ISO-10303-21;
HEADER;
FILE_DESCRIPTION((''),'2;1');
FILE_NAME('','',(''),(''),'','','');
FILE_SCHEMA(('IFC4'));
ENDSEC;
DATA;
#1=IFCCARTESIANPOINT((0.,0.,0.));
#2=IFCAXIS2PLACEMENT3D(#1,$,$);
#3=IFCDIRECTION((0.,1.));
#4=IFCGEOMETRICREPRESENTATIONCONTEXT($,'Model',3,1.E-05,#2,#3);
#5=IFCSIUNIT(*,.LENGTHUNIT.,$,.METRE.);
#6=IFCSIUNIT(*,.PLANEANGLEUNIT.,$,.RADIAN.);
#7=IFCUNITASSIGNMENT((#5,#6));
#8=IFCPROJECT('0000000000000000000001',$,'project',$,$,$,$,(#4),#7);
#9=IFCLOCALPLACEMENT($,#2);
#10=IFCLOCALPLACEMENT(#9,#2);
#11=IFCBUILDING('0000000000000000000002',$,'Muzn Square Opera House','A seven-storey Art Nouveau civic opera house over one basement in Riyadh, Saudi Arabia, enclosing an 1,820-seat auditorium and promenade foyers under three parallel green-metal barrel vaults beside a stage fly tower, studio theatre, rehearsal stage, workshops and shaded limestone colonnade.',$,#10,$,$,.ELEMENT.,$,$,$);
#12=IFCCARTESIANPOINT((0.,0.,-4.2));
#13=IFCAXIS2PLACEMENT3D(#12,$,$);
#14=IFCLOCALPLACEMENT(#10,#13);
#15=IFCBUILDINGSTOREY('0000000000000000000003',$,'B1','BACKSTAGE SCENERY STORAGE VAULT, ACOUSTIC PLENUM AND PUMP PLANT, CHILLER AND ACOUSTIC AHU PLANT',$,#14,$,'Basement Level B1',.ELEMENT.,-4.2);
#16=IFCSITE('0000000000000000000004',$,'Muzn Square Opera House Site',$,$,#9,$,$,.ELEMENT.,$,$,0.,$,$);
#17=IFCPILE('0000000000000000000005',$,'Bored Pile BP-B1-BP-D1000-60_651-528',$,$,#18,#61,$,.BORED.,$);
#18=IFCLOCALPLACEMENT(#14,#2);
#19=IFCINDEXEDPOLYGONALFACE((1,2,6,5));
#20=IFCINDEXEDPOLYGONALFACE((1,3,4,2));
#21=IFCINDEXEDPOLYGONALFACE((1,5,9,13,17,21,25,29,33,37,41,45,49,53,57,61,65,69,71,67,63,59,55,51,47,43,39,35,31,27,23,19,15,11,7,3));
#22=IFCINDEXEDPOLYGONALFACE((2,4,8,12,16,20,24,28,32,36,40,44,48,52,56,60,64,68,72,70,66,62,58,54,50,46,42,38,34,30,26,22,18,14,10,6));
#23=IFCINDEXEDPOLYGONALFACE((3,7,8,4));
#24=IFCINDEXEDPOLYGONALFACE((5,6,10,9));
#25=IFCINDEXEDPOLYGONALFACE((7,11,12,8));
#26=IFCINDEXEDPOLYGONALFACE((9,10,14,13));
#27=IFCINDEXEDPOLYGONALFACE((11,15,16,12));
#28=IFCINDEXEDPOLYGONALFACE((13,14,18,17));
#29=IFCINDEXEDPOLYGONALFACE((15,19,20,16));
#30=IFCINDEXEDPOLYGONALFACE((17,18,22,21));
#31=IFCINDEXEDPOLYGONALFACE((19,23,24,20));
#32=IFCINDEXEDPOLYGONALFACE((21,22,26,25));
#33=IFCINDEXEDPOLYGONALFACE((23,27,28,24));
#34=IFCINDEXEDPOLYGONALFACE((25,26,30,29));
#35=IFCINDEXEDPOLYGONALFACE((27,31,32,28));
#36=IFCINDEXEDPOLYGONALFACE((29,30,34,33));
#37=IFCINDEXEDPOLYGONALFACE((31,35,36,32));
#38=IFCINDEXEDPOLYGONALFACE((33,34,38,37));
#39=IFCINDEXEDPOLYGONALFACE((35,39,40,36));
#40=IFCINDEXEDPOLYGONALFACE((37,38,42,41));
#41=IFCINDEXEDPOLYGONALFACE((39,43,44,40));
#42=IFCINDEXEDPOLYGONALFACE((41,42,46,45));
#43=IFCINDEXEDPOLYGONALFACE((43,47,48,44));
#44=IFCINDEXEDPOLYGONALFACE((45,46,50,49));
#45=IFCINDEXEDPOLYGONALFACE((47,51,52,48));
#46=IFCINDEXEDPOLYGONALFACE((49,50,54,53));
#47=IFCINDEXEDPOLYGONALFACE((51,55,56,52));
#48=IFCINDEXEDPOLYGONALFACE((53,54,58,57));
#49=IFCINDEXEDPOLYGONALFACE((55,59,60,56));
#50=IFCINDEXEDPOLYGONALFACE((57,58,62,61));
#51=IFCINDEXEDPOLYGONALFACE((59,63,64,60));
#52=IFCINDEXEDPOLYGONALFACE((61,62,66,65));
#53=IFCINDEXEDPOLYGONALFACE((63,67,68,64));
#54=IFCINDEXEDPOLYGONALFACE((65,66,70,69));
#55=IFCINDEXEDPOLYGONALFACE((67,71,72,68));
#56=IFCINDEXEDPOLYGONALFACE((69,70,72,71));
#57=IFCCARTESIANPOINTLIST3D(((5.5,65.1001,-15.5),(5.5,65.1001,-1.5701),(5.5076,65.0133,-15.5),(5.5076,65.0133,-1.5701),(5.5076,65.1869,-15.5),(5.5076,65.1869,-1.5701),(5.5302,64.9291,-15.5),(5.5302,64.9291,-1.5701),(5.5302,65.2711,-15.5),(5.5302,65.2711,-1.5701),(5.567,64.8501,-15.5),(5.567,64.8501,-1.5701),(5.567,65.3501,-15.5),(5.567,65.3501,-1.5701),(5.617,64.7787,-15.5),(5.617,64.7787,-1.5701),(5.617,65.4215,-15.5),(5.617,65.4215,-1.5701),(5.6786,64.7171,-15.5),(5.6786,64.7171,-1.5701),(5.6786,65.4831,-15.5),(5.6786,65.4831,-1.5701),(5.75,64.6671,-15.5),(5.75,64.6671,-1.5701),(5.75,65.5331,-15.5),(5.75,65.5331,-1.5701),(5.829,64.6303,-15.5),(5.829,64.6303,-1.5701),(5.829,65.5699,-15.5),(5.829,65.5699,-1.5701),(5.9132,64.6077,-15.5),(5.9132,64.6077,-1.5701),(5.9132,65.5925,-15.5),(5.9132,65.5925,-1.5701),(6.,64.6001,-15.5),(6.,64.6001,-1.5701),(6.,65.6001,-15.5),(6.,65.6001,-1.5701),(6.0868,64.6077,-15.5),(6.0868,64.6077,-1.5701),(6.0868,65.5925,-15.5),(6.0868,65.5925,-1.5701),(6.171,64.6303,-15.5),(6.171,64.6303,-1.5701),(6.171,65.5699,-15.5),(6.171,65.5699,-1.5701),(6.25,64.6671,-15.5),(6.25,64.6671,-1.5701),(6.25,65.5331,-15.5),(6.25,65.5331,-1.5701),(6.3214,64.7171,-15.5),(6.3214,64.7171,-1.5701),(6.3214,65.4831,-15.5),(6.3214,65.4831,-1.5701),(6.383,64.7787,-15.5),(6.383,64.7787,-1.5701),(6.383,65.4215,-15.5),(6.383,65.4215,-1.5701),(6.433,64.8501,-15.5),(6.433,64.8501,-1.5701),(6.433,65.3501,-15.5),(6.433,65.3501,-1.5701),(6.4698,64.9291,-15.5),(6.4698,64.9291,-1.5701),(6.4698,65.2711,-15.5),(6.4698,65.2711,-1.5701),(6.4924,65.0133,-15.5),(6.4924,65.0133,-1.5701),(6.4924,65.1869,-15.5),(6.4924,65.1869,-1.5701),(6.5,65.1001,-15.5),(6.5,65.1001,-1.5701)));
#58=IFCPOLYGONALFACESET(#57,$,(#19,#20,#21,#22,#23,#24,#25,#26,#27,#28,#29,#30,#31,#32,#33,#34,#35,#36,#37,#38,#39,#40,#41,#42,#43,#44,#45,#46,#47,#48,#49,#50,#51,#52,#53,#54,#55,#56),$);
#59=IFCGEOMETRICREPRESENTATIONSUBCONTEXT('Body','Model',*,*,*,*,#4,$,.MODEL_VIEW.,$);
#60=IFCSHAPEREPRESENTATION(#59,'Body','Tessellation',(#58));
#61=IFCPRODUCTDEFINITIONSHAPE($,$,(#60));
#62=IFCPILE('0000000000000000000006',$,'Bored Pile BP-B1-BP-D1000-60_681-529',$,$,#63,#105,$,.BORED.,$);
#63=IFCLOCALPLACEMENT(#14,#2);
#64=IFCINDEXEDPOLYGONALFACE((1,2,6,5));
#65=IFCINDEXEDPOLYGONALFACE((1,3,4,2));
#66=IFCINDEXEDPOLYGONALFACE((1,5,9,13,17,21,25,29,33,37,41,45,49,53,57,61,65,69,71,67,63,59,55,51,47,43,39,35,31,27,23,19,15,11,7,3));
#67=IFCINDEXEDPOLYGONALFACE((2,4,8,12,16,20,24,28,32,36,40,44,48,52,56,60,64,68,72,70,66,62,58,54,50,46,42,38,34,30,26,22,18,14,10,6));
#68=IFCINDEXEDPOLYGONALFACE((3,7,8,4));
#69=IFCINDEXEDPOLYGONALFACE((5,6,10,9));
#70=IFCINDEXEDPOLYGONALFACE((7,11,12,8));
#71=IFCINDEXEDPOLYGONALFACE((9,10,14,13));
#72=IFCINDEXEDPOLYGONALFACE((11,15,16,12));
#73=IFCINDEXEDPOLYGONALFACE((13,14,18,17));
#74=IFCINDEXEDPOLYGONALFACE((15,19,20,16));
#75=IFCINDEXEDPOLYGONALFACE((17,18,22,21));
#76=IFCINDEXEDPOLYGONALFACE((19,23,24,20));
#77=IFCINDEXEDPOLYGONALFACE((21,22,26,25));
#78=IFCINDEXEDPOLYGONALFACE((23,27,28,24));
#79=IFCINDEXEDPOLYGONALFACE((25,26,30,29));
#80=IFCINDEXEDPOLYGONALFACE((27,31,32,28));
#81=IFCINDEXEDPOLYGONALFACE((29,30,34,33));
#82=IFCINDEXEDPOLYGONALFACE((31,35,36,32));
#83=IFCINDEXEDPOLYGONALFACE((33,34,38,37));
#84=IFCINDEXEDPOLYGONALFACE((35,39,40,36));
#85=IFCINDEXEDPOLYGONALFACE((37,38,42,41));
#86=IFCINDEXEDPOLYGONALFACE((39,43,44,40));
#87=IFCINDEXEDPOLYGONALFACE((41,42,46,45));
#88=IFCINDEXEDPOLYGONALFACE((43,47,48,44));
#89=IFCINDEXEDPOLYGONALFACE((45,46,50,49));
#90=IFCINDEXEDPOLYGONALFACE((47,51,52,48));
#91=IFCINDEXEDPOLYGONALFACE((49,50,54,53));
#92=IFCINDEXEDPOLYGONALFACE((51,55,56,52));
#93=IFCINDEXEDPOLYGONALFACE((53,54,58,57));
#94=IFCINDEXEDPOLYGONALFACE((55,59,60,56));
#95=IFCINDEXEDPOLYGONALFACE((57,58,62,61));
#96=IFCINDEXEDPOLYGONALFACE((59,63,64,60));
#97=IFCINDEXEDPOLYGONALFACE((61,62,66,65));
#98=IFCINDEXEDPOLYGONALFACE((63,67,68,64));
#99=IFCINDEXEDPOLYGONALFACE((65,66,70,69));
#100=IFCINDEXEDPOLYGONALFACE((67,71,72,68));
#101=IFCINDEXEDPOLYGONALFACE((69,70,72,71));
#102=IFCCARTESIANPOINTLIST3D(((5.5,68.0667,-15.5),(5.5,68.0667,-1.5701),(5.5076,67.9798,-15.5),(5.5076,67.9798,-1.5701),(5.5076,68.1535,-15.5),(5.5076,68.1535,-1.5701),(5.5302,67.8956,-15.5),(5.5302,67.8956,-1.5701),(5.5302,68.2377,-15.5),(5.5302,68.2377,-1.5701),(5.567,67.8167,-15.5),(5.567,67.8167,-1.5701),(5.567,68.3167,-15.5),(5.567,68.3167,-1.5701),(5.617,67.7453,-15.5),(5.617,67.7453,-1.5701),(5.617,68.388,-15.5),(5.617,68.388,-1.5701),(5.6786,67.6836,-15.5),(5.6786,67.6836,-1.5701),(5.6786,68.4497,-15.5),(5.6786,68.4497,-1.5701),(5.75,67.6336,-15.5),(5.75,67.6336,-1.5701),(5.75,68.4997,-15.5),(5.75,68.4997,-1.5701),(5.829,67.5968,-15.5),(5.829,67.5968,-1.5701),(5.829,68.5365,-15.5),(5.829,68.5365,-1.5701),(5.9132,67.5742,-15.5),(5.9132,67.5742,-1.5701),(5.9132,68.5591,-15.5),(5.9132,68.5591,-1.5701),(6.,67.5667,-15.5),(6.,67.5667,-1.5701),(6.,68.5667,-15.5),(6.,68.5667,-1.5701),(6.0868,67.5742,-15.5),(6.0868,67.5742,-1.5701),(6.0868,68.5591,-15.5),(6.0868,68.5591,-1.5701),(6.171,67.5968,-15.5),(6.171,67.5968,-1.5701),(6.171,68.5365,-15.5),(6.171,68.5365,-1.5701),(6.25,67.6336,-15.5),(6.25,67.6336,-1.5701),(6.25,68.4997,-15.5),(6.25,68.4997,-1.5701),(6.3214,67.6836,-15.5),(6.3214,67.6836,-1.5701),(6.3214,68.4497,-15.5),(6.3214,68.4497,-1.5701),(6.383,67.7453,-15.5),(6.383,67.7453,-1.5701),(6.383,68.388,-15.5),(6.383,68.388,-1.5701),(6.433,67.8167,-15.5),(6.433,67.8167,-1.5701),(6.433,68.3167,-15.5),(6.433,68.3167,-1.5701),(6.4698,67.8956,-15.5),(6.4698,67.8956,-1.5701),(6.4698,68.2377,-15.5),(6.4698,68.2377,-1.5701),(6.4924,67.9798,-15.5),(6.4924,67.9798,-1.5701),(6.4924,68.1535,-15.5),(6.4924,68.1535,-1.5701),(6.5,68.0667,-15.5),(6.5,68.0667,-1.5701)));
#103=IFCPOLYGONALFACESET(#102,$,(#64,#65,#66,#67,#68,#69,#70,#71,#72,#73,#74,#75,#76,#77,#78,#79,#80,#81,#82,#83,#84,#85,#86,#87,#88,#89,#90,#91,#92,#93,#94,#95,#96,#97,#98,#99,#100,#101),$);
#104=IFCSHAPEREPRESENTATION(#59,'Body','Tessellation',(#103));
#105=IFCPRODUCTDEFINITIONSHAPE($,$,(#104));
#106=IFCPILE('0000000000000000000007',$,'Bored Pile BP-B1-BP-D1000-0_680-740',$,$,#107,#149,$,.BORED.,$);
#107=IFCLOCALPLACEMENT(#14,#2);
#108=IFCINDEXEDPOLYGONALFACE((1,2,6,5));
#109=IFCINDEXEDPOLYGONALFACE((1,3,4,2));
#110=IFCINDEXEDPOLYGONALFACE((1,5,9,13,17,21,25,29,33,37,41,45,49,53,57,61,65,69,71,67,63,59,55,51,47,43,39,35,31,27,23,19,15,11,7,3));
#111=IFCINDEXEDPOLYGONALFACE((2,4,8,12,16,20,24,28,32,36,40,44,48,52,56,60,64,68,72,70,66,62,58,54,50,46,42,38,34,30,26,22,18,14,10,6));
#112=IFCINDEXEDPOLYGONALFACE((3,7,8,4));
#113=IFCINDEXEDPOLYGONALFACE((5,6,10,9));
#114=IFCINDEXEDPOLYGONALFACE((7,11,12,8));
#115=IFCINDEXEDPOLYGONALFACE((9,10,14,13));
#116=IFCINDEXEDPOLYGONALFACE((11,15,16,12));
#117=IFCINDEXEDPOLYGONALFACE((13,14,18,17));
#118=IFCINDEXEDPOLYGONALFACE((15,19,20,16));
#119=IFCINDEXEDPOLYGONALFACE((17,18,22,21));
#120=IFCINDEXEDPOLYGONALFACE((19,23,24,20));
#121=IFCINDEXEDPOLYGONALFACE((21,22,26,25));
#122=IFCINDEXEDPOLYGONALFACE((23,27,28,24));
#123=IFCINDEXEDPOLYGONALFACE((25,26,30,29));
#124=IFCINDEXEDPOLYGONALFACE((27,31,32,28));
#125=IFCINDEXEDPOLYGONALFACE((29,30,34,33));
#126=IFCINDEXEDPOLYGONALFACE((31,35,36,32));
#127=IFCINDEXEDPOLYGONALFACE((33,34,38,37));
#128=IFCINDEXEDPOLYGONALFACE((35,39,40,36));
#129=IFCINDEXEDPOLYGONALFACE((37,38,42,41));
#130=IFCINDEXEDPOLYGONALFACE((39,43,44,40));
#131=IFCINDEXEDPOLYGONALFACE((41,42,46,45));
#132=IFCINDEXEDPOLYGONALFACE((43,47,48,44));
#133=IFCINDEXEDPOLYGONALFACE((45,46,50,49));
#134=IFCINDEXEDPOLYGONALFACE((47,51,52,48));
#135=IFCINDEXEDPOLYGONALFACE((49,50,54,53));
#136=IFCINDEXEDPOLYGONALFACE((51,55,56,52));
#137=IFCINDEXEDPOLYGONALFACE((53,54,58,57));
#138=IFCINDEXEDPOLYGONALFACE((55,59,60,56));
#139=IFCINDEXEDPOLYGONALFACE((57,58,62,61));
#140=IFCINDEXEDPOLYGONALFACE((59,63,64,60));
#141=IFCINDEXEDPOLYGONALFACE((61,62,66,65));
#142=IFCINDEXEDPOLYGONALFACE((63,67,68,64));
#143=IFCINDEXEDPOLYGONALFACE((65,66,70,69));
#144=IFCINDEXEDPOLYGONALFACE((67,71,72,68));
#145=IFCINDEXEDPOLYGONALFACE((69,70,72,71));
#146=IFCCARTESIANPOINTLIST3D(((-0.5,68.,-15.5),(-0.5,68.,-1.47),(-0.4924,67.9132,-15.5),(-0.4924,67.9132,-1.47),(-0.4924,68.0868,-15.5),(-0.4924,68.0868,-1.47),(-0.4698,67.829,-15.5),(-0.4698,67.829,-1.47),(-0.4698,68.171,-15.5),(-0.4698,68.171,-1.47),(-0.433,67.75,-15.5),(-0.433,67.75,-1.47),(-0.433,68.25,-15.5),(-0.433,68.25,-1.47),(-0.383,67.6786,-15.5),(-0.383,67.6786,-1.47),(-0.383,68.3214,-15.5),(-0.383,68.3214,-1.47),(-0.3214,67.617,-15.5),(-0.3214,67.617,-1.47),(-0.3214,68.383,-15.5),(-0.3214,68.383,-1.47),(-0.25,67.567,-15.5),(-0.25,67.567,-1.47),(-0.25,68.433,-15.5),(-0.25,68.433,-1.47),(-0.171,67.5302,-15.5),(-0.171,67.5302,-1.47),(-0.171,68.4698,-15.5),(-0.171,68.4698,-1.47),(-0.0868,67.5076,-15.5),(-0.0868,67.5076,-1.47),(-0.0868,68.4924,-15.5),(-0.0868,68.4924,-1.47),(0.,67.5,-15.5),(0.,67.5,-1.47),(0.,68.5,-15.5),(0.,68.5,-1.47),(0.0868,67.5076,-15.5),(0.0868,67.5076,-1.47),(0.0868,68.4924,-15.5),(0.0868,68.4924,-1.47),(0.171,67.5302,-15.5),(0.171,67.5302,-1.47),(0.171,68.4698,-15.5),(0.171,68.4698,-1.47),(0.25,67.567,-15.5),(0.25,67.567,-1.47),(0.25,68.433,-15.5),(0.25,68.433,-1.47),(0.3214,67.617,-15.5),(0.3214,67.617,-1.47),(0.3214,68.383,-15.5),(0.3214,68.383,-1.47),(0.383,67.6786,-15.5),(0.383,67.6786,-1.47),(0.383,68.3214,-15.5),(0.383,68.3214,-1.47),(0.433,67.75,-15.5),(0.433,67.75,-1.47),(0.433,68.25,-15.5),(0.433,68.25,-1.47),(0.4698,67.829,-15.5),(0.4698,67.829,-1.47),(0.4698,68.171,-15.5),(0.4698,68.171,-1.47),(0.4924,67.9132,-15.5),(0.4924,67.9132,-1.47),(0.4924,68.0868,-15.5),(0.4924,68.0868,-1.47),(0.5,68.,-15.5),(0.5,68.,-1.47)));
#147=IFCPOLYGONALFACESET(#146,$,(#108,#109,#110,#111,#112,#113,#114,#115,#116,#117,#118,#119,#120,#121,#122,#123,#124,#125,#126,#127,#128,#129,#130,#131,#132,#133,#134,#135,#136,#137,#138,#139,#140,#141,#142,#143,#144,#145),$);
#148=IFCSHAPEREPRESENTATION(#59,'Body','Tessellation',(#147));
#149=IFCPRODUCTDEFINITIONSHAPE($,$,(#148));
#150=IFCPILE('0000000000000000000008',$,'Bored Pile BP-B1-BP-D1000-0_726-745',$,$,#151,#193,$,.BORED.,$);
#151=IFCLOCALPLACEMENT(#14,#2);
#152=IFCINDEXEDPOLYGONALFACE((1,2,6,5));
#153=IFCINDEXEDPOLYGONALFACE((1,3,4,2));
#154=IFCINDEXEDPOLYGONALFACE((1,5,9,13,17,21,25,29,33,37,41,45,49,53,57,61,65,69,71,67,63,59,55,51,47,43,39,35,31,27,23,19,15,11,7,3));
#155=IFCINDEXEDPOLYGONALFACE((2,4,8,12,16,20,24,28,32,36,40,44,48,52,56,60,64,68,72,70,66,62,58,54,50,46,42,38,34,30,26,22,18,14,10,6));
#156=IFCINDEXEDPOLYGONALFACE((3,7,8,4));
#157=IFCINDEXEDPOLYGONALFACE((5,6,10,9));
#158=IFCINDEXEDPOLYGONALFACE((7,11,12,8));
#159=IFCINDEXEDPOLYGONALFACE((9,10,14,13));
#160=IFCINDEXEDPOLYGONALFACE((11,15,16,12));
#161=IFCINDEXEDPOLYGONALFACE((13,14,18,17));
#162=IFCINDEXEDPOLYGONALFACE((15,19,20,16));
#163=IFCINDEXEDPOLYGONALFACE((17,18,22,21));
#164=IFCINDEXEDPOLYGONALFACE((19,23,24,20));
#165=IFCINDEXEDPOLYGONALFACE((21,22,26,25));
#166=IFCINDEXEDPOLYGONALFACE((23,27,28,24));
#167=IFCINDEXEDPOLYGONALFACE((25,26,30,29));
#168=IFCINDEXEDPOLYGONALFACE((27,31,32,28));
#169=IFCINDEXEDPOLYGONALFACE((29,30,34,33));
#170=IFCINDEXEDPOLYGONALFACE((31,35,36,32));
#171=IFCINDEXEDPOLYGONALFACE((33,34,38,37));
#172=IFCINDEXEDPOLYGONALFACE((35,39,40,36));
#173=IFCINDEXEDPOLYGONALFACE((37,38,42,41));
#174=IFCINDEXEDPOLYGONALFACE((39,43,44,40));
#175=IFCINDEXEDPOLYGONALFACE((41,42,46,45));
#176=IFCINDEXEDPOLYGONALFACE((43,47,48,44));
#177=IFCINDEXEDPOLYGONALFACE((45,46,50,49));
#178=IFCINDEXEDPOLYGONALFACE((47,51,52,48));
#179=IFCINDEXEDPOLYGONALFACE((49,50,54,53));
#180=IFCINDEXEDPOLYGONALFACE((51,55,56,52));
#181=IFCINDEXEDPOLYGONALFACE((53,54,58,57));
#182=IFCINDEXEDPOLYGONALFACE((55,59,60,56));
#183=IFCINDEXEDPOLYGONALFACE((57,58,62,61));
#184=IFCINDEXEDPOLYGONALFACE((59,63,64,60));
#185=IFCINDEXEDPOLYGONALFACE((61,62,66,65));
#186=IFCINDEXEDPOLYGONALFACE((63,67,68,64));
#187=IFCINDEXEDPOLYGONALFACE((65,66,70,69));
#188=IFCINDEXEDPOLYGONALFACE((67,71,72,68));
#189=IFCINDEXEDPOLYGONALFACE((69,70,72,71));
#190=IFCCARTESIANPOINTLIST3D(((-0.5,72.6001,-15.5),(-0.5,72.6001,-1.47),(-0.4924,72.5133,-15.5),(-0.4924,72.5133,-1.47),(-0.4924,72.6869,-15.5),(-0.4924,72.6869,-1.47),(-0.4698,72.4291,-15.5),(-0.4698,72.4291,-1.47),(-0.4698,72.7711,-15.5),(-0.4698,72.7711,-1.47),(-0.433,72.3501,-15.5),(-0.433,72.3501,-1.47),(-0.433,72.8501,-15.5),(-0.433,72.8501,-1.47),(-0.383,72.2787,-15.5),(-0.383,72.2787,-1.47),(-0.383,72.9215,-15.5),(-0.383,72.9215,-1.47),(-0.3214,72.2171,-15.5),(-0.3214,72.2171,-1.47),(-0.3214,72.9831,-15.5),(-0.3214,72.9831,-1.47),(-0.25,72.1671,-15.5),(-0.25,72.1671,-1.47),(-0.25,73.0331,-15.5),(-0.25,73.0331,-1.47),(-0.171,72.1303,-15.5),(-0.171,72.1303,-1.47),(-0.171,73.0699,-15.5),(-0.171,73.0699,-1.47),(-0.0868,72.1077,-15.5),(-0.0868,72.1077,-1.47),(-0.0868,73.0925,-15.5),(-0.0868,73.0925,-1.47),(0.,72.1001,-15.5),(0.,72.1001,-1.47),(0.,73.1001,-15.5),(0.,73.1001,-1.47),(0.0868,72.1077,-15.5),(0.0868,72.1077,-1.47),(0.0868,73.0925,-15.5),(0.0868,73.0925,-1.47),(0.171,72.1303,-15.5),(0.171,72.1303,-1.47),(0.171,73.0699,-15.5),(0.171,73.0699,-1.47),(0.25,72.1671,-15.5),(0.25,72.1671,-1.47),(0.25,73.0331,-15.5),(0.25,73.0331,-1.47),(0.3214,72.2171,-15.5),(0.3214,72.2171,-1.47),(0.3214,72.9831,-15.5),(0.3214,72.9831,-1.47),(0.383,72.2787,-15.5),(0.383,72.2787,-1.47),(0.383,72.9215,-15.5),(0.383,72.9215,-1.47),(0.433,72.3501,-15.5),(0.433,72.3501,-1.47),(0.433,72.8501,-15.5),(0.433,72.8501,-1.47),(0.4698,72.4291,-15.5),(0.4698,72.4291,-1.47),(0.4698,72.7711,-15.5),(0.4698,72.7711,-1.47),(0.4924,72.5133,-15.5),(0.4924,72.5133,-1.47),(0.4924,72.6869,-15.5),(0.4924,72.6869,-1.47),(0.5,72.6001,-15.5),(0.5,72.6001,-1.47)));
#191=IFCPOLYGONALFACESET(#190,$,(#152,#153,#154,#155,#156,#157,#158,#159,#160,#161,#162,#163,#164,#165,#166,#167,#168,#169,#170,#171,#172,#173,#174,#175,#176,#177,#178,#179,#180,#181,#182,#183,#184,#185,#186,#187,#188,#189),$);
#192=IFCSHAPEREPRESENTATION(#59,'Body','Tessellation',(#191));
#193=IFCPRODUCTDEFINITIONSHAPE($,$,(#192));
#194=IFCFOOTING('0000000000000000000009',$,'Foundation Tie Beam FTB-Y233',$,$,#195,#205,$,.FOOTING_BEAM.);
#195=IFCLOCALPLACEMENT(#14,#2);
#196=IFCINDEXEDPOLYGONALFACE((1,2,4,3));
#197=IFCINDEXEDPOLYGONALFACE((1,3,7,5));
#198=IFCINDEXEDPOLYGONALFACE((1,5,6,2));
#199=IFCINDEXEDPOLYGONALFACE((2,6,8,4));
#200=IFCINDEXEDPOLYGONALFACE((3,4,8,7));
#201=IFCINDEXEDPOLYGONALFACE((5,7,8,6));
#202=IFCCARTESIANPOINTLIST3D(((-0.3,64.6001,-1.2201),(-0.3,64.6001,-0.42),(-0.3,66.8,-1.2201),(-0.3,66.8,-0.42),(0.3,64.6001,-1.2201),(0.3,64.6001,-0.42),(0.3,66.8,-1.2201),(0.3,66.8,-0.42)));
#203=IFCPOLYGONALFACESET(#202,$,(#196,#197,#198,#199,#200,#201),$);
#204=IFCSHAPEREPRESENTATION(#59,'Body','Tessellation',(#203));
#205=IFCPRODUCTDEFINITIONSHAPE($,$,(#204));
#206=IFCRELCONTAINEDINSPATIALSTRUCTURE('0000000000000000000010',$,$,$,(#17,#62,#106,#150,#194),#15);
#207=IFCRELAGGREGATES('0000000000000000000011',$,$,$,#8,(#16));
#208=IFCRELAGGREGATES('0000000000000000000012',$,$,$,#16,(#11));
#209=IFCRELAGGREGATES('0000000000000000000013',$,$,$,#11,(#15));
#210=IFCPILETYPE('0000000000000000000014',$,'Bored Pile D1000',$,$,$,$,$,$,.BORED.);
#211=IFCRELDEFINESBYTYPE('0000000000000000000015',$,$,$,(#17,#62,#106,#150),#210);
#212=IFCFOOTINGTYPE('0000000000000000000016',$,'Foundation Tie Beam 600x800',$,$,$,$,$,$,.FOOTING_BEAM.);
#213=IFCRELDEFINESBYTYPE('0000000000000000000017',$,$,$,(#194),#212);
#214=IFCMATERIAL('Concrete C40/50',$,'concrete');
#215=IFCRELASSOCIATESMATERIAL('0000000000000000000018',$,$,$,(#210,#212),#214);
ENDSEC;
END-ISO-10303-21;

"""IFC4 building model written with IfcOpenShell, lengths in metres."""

from ifc_helpers import new_model, si_unit, direction, frame, origin, origin_2d, place, context, subcontext, project, spatial, rectangle, circle, extrude, material, material_profile, profile_set, type_object, element, save


model = new_model("IFC4")

# Units and contexts
model_context = context("Model", 3, precision=1e-05, world=origin(), true_north=direction((0.0, 1.0)))
body_context = subcontext(model_context, "Body", "Model", "MODEL_VIEW")
ifc_project = project(units=[si_unit("LENGTHUNIT", "METRE"), si_unit("PLANEANGLEUNIT", "RADIAN")], contexts=[model_context])

# Site, building, storey
site_placement = place(None, origin())
site = spatial("IfcSite", under=ifc_project, at=site_placement, Name="Muzn Square Opera House Site", CompositionType="ELEMENT", RefElevation=0.0)
building_placement = place(site_placement, origin())
building = spatial("IfcBuilding", under=site, at=building_placement, Name="Muzn Square Opera House", Description="A seven-storey Art Nouveau civic opera house over one basement in Riyadh, Saudi Arabia, enclosing an 1,820-seat auditorium and promenade foyers under three parallel green-metal barrel vaults beside a stage fly tower, studio theatre, rehearsal stage, workshops and shaded limestone colonnade.", CompositionType="ELEMENT")
storey_placement = place(building_placement, frame((0.0, 0.0, -4.2)))
storey = spatial("IfcBuildingStorey", under=building, at=storey_placement, Name="B1", Description="BACKSTAGE SCENERY STORAGE VAULT, ACOUSTIC PLENUM AND PUMP PLANT, CHILLER AND ACOUSTIC AHU PLANT", LongName="Basement Level B1", CompositionType="ELEMENT", Elevation=-4.2)

# Piles
ifc_material_1 = material(Name="Concrete C40/50", Category="concrete")
ifc_material_profile_1 = material_profile(ifc_material_1, circle(Radius=0.5, at=origin_2d()), Name="BORED PILE D1000", Category="concrete")
ifc_profile_set_1 = profile_set([ifc_material_profile_1], Name="Concrete C40/50")
pile_type = type_object("IfcPileType", Name="Bored Pile D1000", PredefinedType="BORED", material=ifc_profile_set_1)
for number, where, z_axis, x_axis, name in (
    (1, (6.0, 65.1001, -1.5701), (0.0, 0.0, -1.0), (1.0, 0.0, 0.0), "Bored Pile BP-B1-BP-D1000-60_651-528"),
    (2, (6.0, 68.0667, -1.5701), (0.0, 0.0, -1.0), (1.0, 0.0, 0.0), "Bored Pile BP-B1-BP-D1000-60_681-529"),
):
    element("IfcPile", number, at=place(storey_placement, frame(where, z_axis=z_axis, x_axis=x_axis)), inside=storey, type_object=pile_type, Name=name, PredefinedType="BORED", context=body_context, shape_type="SweptSolid", body=[
        extrude(circle(Radius=0.5, at=origin_2d()), origin(), (0.0, 0.0, 1.0), 13.9299),
    ])
for number, where, z_axis, x_axis, name in (
    (3, (0.0, 68.0, -1.47), (0.0, 0.0, -1.0), (1.0, 0.0, 0.0), "Bored Pile BP-B1-BP-D1000-0_680-740"),
    (4, (0.0, 72.6001, -1.47), (0.0, 0.0, -1.0), (1.0, 0.0, 0.0), "Bored Pile BP-B1-BP-D1000-0_726-745"),
):
    element("IfcPile", number, at=place(storey_placement, frame(where, z_axis=z_axis, x_axis=x_axis)), inside=storey, type_object=pile_type, Name=name, PredefinedType="BORED", context=body_context, shape_type="SweptSolid", body=[
        extrude(circle(Radius=0.5, at=origin_2d()), origin(), (0.0, 0.0, 1.0), 14.03),
    ])

# Footing
ifc_material_profile_2 = material_profile(ifc_material_1, rectangle(XDim=0.6001, YDim=0.8, at=origin_2d()), Name="RCTB 600x800", Category="concrete")
ifc_profile_set_2 = profile_set([ifc_material_profile_2], Name="Concrete C40/50")
footing_type_1 = type_object("IfcFootingType", Name="Foundation Tie Beam 600x800", PredefinedType="FOOTING_BEAM", material=ifc_profile_set_2)
for number, where, z_axis, x_axis, name in (
    (5, (0.0, 64.6001, -0.8201), (0.0, 1.0, 0.0), (-1.0, 0.0, 0.0), "Foundation Tie Beam FTB-Y233"),
):
    element("IfcFooting", number, at=place(storey_placement, frame(where, z_axis=z_axis, x_axis=x_axis)), inside=storey, type_object=footing_type_1, Name=name, PredefinedType="FOOTING_BEAM", context=body_context, shape_type="SweptSolid", body=[
        extrude(rectangle(XDim=0.6001, YDim=0.8, at=origin_2d()), origin(), (0.0, 0.0, 1.0), 2.2),
    ])

save(model, "model.ifc")
